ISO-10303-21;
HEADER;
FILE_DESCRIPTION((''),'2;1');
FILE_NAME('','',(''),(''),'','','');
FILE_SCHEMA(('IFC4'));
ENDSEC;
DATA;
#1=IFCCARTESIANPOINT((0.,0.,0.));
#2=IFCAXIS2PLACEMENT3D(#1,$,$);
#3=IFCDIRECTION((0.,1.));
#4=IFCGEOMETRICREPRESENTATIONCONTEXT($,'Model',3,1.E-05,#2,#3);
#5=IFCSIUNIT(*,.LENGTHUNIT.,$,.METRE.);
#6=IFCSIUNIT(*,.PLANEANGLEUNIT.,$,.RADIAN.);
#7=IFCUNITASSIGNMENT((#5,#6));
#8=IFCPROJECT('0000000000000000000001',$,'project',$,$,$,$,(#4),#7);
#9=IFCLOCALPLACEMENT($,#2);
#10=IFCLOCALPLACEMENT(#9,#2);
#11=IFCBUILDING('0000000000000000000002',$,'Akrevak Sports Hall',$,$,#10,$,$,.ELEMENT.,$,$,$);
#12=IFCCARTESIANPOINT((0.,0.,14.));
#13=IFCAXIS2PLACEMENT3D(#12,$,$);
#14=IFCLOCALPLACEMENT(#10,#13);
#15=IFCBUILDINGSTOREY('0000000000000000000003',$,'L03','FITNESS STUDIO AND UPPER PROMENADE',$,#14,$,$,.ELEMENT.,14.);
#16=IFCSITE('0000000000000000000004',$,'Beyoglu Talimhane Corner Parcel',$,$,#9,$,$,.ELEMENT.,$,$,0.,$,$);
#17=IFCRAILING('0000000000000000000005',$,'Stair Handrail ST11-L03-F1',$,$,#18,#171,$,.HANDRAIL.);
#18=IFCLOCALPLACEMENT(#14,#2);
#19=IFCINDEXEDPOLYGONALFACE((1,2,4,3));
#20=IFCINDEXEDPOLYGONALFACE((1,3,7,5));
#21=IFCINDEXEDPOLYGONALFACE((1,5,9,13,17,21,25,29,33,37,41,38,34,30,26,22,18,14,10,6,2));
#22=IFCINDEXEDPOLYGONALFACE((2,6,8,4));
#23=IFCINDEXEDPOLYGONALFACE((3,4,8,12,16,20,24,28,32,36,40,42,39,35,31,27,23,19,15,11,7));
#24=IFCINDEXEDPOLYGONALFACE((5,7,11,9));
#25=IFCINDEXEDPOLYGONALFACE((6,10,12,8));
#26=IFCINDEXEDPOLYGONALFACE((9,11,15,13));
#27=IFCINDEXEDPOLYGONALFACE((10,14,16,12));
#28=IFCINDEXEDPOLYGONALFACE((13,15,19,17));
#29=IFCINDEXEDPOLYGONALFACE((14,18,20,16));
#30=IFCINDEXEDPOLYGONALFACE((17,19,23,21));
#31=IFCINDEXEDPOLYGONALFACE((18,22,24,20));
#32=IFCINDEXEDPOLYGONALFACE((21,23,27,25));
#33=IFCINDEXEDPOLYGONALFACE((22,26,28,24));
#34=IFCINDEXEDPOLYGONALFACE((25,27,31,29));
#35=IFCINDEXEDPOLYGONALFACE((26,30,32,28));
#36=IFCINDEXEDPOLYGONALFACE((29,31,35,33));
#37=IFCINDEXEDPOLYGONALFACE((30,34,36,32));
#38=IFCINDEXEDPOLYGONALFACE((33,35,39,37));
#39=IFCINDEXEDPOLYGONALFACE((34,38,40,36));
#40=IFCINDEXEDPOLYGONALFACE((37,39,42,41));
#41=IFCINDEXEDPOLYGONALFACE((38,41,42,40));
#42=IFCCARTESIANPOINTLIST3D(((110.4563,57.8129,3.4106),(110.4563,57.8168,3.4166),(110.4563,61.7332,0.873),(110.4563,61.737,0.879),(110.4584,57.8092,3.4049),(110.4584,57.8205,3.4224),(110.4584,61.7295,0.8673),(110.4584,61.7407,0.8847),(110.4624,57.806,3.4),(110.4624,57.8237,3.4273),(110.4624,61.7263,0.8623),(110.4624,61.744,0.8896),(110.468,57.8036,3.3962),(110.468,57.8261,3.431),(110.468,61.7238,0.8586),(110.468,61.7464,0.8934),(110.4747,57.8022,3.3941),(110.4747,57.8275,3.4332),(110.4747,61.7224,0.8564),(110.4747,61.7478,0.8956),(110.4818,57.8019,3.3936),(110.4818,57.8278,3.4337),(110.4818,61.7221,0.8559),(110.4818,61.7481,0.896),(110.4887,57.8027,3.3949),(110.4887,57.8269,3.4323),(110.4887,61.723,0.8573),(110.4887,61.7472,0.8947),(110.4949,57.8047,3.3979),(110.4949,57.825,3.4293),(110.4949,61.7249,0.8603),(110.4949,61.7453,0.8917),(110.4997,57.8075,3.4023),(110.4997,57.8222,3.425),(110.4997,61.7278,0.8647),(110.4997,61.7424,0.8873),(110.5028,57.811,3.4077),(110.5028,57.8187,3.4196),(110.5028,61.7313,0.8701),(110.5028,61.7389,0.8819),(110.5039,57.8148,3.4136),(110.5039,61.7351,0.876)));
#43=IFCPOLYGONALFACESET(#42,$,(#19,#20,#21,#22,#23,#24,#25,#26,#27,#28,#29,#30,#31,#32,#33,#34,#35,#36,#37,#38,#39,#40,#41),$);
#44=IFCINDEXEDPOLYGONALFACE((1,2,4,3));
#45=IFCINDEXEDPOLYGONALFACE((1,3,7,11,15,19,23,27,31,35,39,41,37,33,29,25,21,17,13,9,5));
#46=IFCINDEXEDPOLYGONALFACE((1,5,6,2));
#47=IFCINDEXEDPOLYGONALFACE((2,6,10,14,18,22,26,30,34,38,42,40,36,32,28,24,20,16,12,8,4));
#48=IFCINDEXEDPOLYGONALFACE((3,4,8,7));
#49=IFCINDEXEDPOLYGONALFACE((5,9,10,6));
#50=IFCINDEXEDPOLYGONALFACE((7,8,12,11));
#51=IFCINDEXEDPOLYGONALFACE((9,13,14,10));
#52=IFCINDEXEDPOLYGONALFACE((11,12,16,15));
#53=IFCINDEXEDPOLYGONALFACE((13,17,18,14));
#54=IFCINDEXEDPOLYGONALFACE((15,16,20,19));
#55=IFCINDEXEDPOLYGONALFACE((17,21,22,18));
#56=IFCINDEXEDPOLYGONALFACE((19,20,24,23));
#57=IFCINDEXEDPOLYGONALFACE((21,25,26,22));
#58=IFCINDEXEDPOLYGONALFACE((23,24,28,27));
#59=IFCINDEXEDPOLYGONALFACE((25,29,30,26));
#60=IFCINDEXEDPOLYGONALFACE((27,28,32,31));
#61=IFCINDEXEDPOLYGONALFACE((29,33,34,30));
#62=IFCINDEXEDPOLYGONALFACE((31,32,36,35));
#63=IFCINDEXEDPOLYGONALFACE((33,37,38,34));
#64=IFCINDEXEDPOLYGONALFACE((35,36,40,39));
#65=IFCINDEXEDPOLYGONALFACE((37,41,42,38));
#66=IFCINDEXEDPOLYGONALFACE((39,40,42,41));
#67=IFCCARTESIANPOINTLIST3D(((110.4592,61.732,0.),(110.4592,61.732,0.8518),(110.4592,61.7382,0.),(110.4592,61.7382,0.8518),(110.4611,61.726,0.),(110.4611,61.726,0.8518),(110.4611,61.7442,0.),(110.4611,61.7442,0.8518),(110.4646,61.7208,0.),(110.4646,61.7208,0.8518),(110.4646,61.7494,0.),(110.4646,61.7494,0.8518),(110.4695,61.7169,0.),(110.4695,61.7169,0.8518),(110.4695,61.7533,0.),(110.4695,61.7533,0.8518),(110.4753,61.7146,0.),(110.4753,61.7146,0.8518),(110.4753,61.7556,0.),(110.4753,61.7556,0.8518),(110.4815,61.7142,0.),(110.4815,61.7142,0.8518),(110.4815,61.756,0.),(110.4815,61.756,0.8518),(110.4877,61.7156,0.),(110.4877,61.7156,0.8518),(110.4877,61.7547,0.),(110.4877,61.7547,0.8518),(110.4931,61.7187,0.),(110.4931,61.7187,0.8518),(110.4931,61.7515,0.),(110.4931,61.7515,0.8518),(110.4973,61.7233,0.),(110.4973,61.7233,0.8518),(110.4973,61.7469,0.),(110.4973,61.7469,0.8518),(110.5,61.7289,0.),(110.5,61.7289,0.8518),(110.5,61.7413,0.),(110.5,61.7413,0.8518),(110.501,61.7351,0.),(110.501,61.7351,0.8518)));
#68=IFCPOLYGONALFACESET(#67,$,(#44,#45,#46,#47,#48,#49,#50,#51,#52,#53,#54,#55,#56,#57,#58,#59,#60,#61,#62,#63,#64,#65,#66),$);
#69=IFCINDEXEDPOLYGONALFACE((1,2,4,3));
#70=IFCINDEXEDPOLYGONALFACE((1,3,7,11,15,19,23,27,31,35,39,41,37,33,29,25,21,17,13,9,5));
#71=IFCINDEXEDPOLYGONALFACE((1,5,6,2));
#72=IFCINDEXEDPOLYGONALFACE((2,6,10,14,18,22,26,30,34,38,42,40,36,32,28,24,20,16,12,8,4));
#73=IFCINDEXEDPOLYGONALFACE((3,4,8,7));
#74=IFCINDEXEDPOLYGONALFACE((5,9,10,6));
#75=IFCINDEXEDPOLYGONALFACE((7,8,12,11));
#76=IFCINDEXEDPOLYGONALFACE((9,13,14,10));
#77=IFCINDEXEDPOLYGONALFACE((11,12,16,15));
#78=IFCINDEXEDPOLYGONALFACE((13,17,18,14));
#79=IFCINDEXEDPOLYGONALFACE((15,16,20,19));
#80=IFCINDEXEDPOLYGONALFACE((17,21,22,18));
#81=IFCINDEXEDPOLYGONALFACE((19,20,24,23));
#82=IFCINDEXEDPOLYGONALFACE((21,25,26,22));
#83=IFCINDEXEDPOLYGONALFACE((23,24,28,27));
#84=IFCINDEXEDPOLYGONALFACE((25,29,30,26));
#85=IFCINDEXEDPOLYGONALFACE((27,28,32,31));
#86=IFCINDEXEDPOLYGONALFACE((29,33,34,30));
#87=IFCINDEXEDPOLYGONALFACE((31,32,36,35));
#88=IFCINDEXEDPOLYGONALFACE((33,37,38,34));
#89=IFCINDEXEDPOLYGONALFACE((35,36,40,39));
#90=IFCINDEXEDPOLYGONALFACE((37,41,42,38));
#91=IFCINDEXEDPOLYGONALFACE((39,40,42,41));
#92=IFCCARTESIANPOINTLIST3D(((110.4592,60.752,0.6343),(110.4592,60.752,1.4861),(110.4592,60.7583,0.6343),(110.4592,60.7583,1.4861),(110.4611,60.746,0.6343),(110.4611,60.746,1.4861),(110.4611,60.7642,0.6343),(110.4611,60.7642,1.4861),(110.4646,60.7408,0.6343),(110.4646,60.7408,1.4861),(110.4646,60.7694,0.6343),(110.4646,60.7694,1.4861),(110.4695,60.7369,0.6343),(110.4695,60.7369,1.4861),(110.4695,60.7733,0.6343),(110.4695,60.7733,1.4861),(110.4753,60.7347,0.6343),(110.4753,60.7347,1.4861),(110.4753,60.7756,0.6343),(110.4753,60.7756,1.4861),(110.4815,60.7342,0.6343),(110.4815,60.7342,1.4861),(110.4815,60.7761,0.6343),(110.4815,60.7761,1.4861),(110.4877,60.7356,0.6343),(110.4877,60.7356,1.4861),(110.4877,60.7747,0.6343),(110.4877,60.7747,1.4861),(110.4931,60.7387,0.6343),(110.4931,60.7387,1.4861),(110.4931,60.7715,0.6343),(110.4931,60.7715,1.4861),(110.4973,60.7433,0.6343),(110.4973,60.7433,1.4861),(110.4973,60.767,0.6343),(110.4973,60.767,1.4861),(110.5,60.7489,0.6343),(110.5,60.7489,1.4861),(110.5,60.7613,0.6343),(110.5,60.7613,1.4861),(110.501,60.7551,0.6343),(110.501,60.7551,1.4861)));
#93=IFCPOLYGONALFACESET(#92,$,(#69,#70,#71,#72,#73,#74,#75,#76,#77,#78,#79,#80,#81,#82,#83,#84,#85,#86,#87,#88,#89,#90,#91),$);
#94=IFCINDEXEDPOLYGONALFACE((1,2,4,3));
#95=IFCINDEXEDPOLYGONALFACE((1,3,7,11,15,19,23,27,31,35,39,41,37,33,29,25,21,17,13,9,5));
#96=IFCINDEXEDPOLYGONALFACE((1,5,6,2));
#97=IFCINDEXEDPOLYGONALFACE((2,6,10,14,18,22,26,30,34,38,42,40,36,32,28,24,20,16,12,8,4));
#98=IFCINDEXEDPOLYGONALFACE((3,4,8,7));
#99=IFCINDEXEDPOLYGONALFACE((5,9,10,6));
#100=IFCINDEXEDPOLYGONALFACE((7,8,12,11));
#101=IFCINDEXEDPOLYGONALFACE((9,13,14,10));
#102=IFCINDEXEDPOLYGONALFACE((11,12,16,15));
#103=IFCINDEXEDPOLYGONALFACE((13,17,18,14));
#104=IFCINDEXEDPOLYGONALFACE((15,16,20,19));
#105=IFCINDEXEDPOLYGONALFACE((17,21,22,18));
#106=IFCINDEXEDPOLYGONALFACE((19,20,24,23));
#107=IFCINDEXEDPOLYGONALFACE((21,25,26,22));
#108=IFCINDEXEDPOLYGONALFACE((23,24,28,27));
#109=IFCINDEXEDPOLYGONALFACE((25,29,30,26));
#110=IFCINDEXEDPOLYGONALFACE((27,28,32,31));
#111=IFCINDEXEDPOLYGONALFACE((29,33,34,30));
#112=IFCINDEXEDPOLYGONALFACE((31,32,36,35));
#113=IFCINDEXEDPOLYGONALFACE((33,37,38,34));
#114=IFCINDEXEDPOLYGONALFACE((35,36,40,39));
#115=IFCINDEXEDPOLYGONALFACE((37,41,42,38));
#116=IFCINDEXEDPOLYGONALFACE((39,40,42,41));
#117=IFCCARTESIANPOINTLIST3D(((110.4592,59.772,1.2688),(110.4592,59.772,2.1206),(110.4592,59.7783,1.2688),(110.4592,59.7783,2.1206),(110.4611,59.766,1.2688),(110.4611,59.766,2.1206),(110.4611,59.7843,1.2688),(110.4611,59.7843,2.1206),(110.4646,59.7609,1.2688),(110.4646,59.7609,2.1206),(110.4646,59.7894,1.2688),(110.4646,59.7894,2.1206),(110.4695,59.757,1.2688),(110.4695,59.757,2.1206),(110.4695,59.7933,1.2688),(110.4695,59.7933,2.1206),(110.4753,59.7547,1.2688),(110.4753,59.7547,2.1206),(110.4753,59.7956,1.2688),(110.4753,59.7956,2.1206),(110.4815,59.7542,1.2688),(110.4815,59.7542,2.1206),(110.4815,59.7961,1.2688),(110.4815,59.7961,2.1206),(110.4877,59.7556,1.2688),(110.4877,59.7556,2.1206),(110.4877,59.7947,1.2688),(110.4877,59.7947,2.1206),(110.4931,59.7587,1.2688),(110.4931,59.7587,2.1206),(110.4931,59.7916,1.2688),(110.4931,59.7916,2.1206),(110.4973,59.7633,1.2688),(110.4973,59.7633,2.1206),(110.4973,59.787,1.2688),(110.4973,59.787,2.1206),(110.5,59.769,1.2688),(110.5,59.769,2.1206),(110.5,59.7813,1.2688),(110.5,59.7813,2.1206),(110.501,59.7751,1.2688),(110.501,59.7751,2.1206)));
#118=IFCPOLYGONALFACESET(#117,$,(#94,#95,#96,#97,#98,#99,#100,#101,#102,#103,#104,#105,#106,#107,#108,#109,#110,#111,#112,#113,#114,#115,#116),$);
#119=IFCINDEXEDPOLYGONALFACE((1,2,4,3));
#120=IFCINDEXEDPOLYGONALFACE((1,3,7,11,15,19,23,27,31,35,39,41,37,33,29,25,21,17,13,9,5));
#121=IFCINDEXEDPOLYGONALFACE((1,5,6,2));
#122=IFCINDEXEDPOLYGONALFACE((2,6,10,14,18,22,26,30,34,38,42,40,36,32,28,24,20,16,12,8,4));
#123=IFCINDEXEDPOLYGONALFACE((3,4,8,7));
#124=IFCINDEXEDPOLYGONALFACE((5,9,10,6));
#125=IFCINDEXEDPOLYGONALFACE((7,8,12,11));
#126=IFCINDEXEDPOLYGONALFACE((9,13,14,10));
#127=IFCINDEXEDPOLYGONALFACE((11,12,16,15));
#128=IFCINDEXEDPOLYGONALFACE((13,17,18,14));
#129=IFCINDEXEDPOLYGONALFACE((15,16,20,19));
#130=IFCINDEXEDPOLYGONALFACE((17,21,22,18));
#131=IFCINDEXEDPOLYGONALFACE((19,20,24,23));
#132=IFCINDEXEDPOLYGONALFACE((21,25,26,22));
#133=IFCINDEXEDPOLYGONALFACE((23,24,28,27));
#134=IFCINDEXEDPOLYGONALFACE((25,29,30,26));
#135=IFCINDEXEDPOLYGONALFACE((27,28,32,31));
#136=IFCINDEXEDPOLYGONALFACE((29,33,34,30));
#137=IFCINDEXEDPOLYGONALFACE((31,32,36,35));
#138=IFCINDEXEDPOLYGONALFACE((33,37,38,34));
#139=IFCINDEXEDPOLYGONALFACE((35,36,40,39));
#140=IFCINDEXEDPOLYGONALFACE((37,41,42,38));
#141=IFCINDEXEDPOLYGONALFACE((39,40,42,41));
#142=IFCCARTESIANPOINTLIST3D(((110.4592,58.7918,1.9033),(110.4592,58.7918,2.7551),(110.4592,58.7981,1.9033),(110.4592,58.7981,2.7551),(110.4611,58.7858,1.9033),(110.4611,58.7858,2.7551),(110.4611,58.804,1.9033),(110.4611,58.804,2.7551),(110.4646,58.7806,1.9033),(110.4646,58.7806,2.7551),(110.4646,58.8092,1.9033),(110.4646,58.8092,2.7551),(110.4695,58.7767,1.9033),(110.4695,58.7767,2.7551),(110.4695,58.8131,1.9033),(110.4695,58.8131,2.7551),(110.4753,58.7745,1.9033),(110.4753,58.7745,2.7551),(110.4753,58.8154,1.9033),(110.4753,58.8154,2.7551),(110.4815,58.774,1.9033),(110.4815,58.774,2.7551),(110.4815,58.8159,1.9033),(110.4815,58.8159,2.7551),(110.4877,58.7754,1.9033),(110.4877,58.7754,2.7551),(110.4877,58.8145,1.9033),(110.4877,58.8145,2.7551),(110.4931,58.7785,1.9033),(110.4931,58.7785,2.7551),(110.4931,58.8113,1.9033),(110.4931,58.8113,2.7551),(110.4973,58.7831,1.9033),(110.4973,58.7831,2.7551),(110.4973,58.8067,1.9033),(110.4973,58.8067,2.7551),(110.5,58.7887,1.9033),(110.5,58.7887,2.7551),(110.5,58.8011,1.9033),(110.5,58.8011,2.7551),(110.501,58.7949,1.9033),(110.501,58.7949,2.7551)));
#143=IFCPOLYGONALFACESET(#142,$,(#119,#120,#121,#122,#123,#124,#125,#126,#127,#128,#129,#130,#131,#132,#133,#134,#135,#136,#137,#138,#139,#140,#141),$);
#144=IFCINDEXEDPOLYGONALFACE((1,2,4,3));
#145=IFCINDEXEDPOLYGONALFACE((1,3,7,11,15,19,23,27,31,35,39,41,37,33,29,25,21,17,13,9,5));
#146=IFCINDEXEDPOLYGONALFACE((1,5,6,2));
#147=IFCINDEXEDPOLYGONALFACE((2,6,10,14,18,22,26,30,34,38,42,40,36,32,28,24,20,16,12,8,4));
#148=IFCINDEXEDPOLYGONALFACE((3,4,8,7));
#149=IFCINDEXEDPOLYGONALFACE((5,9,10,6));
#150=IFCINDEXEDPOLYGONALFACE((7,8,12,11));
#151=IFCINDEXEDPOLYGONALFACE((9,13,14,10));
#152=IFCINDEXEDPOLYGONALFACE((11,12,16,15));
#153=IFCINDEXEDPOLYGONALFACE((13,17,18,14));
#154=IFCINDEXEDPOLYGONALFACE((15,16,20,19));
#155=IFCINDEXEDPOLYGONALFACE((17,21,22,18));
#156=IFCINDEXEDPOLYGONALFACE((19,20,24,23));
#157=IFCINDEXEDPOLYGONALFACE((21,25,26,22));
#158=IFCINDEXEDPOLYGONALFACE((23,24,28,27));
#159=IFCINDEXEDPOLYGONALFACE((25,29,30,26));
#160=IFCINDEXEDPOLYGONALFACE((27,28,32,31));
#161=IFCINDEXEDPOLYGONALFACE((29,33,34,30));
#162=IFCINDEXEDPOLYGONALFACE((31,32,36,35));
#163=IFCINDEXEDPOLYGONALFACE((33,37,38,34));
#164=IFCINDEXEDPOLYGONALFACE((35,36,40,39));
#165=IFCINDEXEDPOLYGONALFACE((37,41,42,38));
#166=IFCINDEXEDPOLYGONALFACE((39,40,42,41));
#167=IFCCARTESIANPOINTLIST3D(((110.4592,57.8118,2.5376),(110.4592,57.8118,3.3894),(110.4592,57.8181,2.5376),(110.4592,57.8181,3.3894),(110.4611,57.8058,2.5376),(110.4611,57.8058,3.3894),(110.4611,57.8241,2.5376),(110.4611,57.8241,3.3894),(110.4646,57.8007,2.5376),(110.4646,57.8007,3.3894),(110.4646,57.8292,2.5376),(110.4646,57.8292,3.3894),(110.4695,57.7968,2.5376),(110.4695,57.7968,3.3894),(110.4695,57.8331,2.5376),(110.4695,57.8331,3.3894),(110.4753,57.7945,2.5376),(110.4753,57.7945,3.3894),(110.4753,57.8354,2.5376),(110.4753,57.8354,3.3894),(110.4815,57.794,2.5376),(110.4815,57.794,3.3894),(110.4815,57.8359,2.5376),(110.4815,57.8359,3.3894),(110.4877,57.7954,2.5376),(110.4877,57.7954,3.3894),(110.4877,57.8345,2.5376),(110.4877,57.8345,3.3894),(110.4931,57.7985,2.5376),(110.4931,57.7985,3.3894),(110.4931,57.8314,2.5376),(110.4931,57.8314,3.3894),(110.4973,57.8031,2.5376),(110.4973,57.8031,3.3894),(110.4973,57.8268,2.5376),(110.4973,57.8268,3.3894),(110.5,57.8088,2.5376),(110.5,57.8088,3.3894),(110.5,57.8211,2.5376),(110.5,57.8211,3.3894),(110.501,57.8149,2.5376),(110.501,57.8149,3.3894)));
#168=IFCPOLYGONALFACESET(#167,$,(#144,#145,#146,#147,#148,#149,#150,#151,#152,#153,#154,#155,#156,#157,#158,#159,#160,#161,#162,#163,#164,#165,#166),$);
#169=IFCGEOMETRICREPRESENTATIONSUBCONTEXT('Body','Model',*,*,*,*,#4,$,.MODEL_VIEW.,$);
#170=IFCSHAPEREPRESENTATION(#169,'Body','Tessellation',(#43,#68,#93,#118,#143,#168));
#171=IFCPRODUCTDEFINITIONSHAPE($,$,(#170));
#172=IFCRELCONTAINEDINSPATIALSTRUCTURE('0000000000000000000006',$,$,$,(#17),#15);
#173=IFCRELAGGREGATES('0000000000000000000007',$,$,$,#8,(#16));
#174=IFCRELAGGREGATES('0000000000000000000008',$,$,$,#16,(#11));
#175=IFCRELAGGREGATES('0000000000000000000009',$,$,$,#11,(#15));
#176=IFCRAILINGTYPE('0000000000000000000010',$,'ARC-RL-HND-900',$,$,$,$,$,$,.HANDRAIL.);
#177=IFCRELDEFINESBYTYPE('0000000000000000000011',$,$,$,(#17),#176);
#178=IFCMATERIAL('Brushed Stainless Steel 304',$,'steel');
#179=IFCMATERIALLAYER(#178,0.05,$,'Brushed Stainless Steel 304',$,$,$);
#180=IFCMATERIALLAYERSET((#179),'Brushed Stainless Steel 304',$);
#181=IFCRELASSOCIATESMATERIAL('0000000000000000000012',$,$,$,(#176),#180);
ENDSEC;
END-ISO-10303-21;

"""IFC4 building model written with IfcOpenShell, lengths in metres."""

from ifc_helpers import new_model, si_unit, direction, frame, origin, origin_2d, place, context, subcontext, project, spatial, circle, extrude, material, layer, layer_set, type_object, element, save


model = new_model("IFC4")

# Units and contexts
model_context = context("Model", 3, precision=1e-05, world=origin(), true_north=direction((0.0, 1.0)))
body_context = subcontext(model_context, "Body", "Model", "MODEL_VIEW")
ifc_project = project(units=[si_unit("LENGTHUNIT", "METRE"), si_unit("PLANEANGLEUNIT", "RADIAN")], contexts=[model_context])

# Site, building, storey
site_placement = place(None, origin())
site = spatial("IfcSite", under=ifc_project, at=site_placement, Name="Beyoglu Talimhane Corner Parcel", CompositionType="ELEMENT", RefElevation=0.0)
building_placement = place(site_placement, origin())
building = spatial("IfcBuilding", under=site, at=building_placement, Name="Akrevak Sports Hall", CompositionType="ELEMENT")
storey_placement = place(building_placement, frame((0.0, 0.0, 14.0)))
storey = spatial("IfcBuildingStorey", under=building, at=storey_placement, Name="L03", Description="FITNESS STUDIO AND UPPER PROMENADE", CompositionType="ELEMENT", Elevation=14.0)

# Shared definitions
ifc_material_1 = material(Name="Brushed Stainless Steel 304", Category="steel")

# Railing
ifc_layer_1 = layer(ifc_material_1, 0.05, Name="Brushed Stainless Steel 304")
ifc_layer_set_1 = layer_set([ifc_layer_1], Name="Brushed Stainless Steel 304")
railing_type = type_object("IfcRailingType", Name="ARC-RL-HND-900", PredefinedType="HANDRAIL", material=ifc_layer_set_1)
for number, where, name in (
    (1, (110.48, 61.7351, 0.0), "Stair Handrail ST11-L03-F1"),
):
    element("IfcRailing", number, at=place(storey_placement, frame(where)), inside=storey, type_object=railing_type, Name=name, PredefinedType="HANDRAIL", context=body_context, shape_type="SweptSolid", body=[
        extrude(circle(Radius=0.0239, at=origin_2d()), frame((0.0, 0.0, 0.876), z_axis=(0.0, -0.839471, 0.543405), x_axis=(1.0, 0.0, 0.0)), (0.0, 0.0, 1.0), 4.6699),
        extrude(circle(Radius=0.021, at=origin_2d()), origin(), (0.0, 0.0, 1.0), 0.8518),
        extrude(circle(Radius=0.021, at=origin_2d()), frame((0.0, -0.98, 0.6343)), (0.0, 0.0, 1.0), 0.8518),
        extrude(circle(Radius=0.021, at=origin_2d()), frame((0.0, -1.96, 1.2688)), (0.0, 0.0, 1.0), 0.8518),
        extrude(circle(Radius=0.021, at=origin_2d()), frame((0.0, -2.9402, 1.9033)), (0.0, 0.0, 1.0), 0.8518),
        extrude(circle(Radius=0.021, at=origin_2d()), frame((0.0, -3.9202, 2.5376)), (0.0, 0.0, 1.0), 0.8518),
    ])

save(model, "model.ifc")
